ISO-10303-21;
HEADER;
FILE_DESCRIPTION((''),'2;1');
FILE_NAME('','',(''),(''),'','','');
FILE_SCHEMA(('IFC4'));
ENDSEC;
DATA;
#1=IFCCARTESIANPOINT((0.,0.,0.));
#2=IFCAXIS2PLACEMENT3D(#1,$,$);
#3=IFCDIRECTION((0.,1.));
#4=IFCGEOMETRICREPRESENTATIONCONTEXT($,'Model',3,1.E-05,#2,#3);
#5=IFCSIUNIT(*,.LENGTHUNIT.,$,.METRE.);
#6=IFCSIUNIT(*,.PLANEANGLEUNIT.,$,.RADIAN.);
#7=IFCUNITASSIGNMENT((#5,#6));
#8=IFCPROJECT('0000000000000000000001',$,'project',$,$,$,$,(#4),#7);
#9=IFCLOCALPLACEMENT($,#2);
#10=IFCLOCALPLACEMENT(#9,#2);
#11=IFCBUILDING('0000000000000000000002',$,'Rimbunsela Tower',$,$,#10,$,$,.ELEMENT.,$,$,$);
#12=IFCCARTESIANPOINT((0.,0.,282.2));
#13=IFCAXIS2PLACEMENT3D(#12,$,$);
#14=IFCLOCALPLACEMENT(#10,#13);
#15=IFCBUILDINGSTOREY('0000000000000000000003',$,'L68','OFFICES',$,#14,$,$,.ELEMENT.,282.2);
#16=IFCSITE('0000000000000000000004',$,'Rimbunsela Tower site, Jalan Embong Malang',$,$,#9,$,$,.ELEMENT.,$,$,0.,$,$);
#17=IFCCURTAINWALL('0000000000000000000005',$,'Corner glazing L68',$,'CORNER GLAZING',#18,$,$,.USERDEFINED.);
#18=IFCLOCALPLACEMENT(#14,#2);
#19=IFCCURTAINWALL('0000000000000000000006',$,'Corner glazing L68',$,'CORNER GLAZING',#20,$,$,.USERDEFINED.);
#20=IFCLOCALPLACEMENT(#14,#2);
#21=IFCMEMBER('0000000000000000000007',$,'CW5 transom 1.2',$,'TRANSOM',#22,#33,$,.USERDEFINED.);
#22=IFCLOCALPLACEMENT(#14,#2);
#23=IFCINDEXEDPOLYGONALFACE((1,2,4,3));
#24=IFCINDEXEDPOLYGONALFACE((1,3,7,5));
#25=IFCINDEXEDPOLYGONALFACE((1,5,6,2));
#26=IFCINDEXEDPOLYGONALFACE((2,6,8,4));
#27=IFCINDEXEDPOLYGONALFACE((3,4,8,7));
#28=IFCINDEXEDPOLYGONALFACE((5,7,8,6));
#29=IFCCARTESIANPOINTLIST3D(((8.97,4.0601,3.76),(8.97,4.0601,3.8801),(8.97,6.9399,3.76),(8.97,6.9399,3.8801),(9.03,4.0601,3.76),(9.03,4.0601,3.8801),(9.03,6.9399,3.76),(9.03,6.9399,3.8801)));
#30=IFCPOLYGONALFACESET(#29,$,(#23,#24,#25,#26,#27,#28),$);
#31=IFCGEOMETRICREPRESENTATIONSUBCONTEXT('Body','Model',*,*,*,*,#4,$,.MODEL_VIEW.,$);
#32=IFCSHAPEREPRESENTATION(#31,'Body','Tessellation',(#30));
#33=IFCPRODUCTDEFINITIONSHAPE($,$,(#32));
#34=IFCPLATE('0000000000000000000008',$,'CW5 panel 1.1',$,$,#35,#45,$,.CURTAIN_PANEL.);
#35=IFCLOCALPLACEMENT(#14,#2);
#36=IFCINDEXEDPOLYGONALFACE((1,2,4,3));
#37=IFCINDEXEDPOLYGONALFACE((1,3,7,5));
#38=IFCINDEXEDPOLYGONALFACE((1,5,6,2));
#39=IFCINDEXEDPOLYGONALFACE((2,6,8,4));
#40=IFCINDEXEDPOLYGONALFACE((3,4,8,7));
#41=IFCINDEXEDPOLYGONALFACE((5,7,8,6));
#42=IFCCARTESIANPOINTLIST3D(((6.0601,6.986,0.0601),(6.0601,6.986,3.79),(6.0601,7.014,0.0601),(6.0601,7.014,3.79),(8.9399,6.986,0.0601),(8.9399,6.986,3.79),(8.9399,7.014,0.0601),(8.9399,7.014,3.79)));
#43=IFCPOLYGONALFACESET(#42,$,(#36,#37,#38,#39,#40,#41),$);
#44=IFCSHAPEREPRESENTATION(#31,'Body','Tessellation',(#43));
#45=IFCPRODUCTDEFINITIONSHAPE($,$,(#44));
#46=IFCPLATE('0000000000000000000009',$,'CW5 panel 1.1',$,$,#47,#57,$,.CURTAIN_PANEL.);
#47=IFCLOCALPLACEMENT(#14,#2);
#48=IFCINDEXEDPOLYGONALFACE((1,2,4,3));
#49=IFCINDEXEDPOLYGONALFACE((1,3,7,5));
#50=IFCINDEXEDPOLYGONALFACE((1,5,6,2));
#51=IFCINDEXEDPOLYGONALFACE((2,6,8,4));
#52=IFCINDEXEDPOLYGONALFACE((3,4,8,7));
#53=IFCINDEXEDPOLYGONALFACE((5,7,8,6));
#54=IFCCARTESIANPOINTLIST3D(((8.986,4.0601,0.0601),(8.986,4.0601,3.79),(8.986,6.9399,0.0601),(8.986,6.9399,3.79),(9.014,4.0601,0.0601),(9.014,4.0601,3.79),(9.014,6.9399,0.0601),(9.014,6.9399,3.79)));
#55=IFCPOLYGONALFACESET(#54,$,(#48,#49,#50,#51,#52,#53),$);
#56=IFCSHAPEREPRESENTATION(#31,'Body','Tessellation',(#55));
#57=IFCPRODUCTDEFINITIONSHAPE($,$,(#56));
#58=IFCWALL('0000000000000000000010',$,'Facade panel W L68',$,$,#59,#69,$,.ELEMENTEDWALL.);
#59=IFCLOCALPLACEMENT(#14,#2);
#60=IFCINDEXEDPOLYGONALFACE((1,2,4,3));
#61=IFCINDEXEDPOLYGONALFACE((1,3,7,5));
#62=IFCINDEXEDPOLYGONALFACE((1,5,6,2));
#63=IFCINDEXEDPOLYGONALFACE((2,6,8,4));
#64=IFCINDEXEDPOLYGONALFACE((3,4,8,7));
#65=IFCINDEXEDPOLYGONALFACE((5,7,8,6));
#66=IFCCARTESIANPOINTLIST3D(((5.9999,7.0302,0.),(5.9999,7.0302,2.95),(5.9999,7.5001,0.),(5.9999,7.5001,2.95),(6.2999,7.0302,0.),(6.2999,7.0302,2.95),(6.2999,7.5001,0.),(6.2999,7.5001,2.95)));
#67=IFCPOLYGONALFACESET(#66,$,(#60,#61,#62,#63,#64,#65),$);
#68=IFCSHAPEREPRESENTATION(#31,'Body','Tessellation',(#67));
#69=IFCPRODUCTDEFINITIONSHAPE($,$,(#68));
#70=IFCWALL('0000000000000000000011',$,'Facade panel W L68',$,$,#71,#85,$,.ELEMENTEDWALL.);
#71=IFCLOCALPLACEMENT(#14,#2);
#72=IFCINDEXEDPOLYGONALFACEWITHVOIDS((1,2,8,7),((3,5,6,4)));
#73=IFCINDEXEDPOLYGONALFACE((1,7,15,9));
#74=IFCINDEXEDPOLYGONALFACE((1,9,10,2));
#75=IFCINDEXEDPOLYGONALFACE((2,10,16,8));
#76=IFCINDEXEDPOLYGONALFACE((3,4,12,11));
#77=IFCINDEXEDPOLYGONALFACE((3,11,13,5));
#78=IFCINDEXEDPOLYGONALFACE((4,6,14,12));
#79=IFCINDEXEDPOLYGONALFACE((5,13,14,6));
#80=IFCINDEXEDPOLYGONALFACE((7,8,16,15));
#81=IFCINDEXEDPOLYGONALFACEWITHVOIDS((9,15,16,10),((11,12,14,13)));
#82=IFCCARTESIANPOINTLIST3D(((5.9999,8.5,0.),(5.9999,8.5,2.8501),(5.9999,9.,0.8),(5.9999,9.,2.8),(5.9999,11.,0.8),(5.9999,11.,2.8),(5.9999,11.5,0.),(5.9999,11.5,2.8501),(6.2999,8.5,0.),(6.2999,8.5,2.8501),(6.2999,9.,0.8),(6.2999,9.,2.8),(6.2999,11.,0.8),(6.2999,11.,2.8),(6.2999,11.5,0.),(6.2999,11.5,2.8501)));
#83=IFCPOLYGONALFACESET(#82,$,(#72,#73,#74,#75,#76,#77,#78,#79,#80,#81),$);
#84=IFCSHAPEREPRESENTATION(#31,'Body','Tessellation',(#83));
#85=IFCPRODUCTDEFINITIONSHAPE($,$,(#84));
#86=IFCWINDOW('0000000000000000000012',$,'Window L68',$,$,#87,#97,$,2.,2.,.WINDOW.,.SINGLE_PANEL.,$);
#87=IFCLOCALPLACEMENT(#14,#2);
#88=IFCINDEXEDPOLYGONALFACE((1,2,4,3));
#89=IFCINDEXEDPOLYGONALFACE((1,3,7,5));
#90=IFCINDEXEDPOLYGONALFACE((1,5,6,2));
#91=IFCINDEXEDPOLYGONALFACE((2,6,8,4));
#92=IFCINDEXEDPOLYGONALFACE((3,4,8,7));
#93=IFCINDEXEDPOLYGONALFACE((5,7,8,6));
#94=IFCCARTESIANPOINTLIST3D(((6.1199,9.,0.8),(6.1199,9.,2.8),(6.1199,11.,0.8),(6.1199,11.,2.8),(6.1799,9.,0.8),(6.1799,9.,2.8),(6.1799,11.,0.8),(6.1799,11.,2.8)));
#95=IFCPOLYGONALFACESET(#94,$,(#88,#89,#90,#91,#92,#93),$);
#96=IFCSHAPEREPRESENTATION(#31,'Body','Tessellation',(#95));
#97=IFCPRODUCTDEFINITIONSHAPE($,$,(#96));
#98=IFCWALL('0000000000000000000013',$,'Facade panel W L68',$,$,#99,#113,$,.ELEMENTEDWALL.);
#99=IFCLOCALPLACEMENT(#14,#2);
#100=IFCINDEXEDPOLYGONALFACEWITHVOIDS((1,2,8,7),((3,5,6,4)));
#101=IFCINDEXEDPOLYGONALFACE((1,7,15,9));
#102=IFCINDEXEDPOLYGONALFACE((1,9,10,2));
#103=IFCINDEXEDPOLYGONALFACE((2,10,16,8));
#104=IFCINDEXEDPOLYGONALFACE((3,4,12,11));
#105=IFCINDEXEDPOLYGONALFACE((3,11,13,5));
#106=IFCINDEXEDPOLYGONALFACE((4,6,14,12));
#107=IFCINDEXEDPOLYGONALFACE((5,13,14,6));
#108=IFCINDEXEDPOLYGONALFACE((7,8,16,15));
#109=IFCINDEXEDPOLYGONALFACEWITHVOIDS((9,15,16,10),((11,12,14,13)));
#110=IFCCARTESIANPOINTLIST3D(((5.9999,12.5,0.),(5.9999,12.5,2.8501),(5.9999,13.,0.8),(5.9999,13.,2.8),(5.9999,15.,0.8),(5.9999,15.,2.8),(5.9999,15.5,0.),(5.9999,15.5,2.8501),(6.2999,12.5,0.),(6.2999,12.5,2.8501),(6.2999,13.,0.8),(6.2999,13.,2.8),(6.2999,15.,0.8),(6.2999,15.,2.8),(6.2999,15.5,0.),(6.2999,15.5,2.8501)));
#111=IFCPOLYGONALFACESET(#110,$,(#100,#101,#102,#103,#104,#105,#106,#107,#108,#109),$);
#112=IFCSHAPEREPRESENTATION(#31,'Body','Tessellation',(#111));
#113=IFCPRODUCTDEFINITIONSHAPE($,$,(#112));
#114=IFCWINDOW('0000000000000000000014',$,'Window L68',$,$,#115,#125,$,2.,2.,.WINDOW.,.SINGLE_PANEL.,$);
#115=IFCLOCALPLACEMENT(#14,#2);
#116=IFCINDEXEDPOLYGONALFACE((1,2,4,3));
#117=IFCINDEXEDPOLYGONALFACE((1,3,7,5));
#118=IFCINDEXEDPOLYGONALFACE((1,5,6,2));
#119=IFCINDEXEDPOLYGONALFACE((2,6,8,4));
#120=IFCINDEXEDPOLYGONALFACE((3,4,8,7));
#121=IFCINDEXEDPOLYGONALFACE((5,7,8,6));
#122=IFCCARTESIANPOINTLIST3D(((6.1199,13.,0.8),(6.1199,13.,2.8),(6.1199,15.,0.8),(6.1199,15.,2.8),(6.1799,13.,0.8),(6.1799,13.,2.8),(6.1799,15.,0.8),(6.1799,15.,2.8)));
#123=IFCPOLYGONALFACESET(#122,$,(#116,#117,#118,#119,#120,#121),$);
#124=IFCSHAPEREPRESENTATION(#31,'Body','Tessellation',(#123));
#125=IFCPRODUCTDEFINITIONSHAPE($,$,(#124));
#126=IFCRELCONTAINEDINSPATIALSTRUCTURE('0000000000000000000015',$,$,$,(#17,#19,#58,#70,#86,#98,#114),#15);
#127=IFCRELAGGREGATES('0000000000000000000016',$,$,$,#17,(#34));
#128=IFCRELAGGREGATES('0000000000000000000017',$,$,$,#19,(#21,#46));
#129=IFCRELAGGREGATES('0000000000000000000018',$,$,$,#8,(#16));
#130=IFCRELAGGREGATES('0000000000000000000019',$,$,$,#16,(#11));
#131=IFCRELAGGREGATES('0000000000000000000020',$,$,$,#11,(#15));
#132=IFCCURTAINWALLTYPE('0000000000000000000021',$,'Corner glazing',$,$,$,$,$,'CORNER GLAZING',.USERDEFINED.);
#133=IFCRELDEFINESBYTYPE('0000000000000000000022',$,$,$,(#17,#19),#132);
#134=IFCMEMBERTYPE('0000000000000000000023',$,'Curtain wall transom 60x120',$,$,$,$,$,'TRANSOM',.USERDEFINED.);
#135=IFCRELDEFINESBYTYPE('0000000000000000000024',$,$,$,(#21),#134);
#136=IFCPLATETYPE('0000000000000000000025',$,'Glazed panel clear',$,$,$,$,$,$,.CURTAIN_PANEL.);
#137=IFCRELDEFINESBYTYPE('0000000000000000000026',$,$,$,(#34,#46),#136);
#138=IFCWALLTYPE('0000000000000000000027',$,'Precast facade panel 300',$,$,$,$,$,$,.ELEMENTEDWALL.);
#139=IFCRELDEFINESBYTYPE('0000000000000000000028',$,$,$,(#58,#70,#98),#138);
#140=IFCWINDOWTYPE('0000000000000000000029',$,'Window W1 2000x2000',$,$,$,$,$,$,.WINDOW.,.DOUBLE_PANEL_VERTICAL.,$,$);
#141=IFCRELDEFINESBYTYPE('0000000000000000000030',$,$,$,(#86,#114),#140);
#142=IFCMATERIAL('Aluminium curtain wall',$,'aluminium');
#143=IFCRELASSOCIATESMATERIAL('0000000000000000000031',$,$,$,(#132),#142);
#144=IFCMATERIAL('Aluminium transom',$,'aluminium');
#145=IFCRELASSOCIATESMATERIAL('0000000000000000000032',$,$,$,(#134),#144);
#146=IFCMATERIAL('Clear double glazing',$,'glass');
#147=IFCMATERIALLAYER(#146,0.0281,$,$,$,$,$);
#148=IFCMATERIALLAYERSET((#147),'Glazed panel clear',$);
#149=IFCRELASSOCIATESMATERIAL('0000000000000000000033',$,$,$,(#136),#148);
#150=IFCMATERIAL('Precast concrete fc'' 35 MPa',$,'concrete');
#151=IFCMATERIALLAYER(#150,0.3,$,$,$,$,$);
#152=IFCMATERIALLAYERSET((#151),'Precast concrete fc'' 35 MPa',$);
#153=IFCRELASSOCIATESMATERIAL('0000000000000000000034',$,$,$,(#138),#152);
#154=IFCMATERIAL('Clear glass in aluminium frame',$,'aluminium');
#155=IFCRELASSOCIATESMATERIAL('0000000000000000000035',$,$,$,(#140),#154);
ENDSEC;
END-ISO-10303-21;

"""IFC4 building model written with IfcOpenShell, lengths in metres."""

from ifc_helpers import new_model, si_unit, direction, frame, frame_2d, origin, origin_2d, place, context, subcontext, project, spatial, rectangle, extrude, material, layer, layer_set, material_profile, profile_set, type_object, element, fill, aggregate, save


model = new_model("IFC4")

# Units and contexts
model_context = context("Model", 3, precision=1e-05, world=origin(), true_north=direction((0.0, 1.0)))
body_context = subcontext(model_context, "Body", "Model", "MODEL_VIEW")
ifc_project = project(units=[si_unit("LENGTHUNIT", "METRE"), si_unit("PLANEANGLEUNIT", "RADIAN")], contexts=[model_context])

# Site, building, storey
site_placement = place(None, origin())
site = spatial("IfcSite", under=ifc_project, at=site_placement, Name="Rimbunsela Tower site, Jalan Embong Malang", CompositionType="ELEMENT", RefElevation=0.0)
building_placement = place(site_placement, origin())
building = spatial("IfcBuilding", under=site, at=building_placement, Name="Rimbunsela Tower", CompositionType="ELEMENT")
storey_placement = place(building_placement, frame((0.0, 0.0, 282.2)))
storey = spatial("IfcBuildingStorey", under=building, at=storey_placement, Name="L68", Description="OFFICES", CompositionType="ELEMENT", Elevation=282.2)

# Curtain walls
ifc_material_1 = material(Name="Aluminium curtain wall", Category="aluminium")
curtain_wall_type = type_object("IfcCurtainWallType", Name="Corner glazing", ElementType="CORNER GLAZING", PredefinedType="USERDEFINED", material=ifc_material_1)
curtain_wall_1_placement = place(storey_placement, origin())
curtain_wall_1 = element("IfcCurtainWall", 1, at=curtain_wall_1_placement, inside=storey, type_object=curtain_wall_type, Name="Corner glazing L68", ObjectType="CORNER GLAZING", PredefinedType="USERDEFINED")
curtain_wall_2_placement = place(storey_placement, origin())
curtain_wall_2 = element("IfcCurtainWall", 2, at=curtain_wall_2_placement, inside=storey, type_object=curtain_wall_type, Name="Corner glazing L68", ObjectType="CORNER GLAZING", PredefinedType="USERDEFINED")

# Member
ifc_material_2 = material(Name="Aluminium transom", Category="aluminium")
ifc_material_profile_1 = material_profile(ifc_material_2, rectangle(XDim=0.0601, YDim=0.1201, at=origin_2d()), Name="Transom 60x120")
ifc_profile_set_1 = profile_set([ifc_material_profile_1], Name="Aluminium transom")
member_type_1 = type_object("IfcMemberType", Name="Curtain wall transom 60x120", ElementType="TRANSOM", PredefinedType="USERDEFINED", material=ifc_profile_set_1)
member_1_placement = place(storey_placement, frame((9.0, 6.9399, 3.8201), z_axis=(0.0, -1.0, 0.0), x_axis=(1.0, 0.0, 0.0)))
member_1 = element("IfcMember", 3, at=member_1_placement, type_object=member_type_1, Name="CW5 transom 1.2", ObjectType="TRANSOM", PredefinedType="USERDEFINED", context=body_context, shape_type="SweptSolid", body=[
    extrude(rectangle(XDim=0.0601, YDim=0.1201, at=origin_2d()), origin(), (0.0, 0.0, 1.0), 2.8799),
])

# Plates
ifc_material_3 = material(Name="Clear double glazing", Category="glass")
ifc_layer_1 = layer(ifc_material_3, 0.0281)
ifc_layer_set_1 = layer_set([ifc_layer_1], Name="Glazed panel clear")
plate_type = type_object("IfcPlateType", Name="Glazed panel clear", PredefinedType="CURTAIN_PANEL", material=ifc_layer_set_1)
plate_1_placement = place(storey_placement, frame((7.5, 7.0, 0.0601), z_axis=(0.0, 0.0, 1.0), x_axis=(1.0, 0.0, 0.0)))
plate_1 = element("IfcPlate", 4, at=plate_1_placement, type_object=plate_type, Name="CW5 panel 1.1", PredefinedType="CURTAIN_PANEL", context=body_context, shape_type="SweptSolid", body=[
    extrude(rectangle(XDim=2.8799, YDim=0.0281, at=origin_2d()), origin(), (0.0, 0.0, 1.0), 3.73),
])
aggregate(curtain_wall_1, [plate_1])
plate_2_placement = place(storey_placement, frame((9.0, 5.5, 0.0601), z_axis=(0.0, 0.0, 1.0), x_axis=(0.0, -1.0, 0.0)))
plate_2 = element("IfcPlate", 5, at=plate_2_placement, type_object=plate_type, Name="CW5 panel 1.1", PredefinedType="CURTAIN_PANEL", context=body_context, shape_type="SweptSolid", body=[
    extrude(rectangle(XDim=2.8799, YDim=0.0281, at=origin_2d()), origin(), (0.0, 0.0, 1.0), 3.73),
])
aggregate(curtain_wall_2, [member_1, plate_2])

# Wall
ifc_material_4 = material(Name="Precast concrete fc' 35 MPa", Category="concrete")
ifc_layer_2 = layer(ifc_material_4, 0.3)
ifc_layer_set_2 = layer_set([ifc_layer_2], Name="Precast concrete fc' 35 MPa")
wall_type = type_object("IfcWallType", Name="Precast facade panel 300", PredefinedType="ELEMENTEDWALL", material=ifc_layer_set_2)
wall_1_placement = place(storey_placement, frame((6.1499, 7.5, 0.0), z_axis=(0.0, 0.0, 1.0), x_axis=(0.0, -1.0, 0.0)))
element("IfcWall", 6, at=wall_1_placement, inside=storey, type_object=wall_type, Name="Facade panel W L68", PredefinedType="ELEMENTEDWALL", context=body_context, shape_type="SweptSolid", body=[
    extrude(rectangle(XDim=0.47, YDim=0.3, at=frame_2d((0.2349, 0.0))), origin(), (0.0, 0.0, 1.0), 2.95),
])

# Walls, openings, windows
wall_2_placement = place(storey_placement, frame((6.1499, 11.5, 0.0), z_axis=(0.0, 0.0, 1.0), x_axis=(0.0, -1.0, 0.0)))
wall_2 = element("IfcWall", 7, at=wall_2_placement, inside=storey, type_object=wall_type, Name="Facade panel W L68", PredefinedType="ELEMENTEDWALL", context=body_context, shape_type="SweptSolid", body=[
    extrude(rectangle(XDim=3.0, YDim=0.3, at=frame_2d((1.5, 0.0))), origin(), (0.0, 0.0, 1.0), 2.8501),
])
opening_1_placement = place(wall_2_placement, frame((0.5, 0.0, 0.8)))
opening_1 = element("IfcOpeningElement", 8, at=opening_1_placement, cuts=wall_2, PredefinedType="OPENING", context=body_context, shape_type="SweptSolid", body=[
    extrude(rectangle(XDim=2.0, YDim=2.0, at=frame_2d((1.0, 1.0))), frame((0.0, 0.1599, 0.0), z_axis=(0.0, -1.0, 0.0), x_axis=(1.0, 0.0, 0.0)), (0.0, 0.0, 1.0), 0.3201),
])
ifc_material_5 = material(Name="Clear glass in aluminium frame", Category="aluminium")
window_type = type_object("IfcWindowType", Name="Window W1 2000x2000", PartitioningType="DOUBLE_PANEL_VERTICAL", PredefinedType="WINDOW", material=ifc_material_5)
window_1_placement = place(opening_1_placement, origin())
window_1 = element("IfcWindow", 9, at=window_1_placement, inside=storey, type_object=window_type, Name="Window L68", OverallHeight=2.0, OverallWidth=2.0, PartitioningType="SINGLE_PANEL", PredefinedType="WINDOW", context=body_context, shape_type="SweptSolid", body=[
    extrude(rectangle(XDim=2.0, YDim=2.0, at=frame_2d((1.0, 1.0))), frame((0.0, 0.03, 0.0), z_axis=(0.0, -1.0, 0.0), x_axis=(1.0, 0.0, 0.0)), (0.0, 0.0, 1.0), 0.0601),
])
fill(opening_1, window_1)
wall_3_placement = place(storey_placement, frame((6.1499, 15.5, 0.0), z_axis=(0.0, 0.0, 1.0), x_axis=(0.0, -1.0, 0.0)))
wall_3 = element("IfcWall", 10, at=wall_3_placement, inside=storey, type_object=wall_type, Name="Facade panel W L68", PredefinedType="ELEMENTEDWALL", context=body_context, shape_type="SweptSolid", body=[
    extrude(rectangle(XDim=3.0, YDim=0.3, at=frame_2d((1.5, 0.0))), origin(), (0.0, 0.0, 1.0), 2.8501),
])
opening_2_placement = place(wall_3_placement, frame((0.5, 0.0, 0.8)))
opening_2 = element("IfcOpeningElement", 11, at=opening_2_placement, cuts=wall_3, PredefinedType="OPENING", context=body_context, shape_type="SweptSolid", body=[
    extrude(rectangle(XDim=2.0, YDim=2.0, at=frame_2d((1.0, 1.0))), frame((0.0, 0.1599, 0.0), z_axis=(0.0, -1.0, 0.0), x_axis=(1.0, 0.0, 0.0)), (0.0, 0.0, 1.0), 0.3201),
])
window_2_placement = place(opening_2_placement, origin())
window_2 = element("IfcWindow", 12, at=window_2_placement, inside=storey, type_object=window_type, Name="Window L68", OverallHeight=2.0, OverallWidth=2.0, PartitioningType="SINGLE_PANEL", PredefinedType="WINDOW", context=body_context, shape_type="SweptSolid", body=[
    extrude(rectangle(XDim=2.0, YDim=2.0, at=frame_2d((1.0, 1.0))), frame((0.0, 0.03, 0.0), z_axis=(0.0, -1.0, 0.0), x_axis=(1.0, 0.0, 0.0)), (0.0, 0.0, 1.0), 0.0601),
])
fill(opening_2, window_2)

save(model, "model.ifc")
